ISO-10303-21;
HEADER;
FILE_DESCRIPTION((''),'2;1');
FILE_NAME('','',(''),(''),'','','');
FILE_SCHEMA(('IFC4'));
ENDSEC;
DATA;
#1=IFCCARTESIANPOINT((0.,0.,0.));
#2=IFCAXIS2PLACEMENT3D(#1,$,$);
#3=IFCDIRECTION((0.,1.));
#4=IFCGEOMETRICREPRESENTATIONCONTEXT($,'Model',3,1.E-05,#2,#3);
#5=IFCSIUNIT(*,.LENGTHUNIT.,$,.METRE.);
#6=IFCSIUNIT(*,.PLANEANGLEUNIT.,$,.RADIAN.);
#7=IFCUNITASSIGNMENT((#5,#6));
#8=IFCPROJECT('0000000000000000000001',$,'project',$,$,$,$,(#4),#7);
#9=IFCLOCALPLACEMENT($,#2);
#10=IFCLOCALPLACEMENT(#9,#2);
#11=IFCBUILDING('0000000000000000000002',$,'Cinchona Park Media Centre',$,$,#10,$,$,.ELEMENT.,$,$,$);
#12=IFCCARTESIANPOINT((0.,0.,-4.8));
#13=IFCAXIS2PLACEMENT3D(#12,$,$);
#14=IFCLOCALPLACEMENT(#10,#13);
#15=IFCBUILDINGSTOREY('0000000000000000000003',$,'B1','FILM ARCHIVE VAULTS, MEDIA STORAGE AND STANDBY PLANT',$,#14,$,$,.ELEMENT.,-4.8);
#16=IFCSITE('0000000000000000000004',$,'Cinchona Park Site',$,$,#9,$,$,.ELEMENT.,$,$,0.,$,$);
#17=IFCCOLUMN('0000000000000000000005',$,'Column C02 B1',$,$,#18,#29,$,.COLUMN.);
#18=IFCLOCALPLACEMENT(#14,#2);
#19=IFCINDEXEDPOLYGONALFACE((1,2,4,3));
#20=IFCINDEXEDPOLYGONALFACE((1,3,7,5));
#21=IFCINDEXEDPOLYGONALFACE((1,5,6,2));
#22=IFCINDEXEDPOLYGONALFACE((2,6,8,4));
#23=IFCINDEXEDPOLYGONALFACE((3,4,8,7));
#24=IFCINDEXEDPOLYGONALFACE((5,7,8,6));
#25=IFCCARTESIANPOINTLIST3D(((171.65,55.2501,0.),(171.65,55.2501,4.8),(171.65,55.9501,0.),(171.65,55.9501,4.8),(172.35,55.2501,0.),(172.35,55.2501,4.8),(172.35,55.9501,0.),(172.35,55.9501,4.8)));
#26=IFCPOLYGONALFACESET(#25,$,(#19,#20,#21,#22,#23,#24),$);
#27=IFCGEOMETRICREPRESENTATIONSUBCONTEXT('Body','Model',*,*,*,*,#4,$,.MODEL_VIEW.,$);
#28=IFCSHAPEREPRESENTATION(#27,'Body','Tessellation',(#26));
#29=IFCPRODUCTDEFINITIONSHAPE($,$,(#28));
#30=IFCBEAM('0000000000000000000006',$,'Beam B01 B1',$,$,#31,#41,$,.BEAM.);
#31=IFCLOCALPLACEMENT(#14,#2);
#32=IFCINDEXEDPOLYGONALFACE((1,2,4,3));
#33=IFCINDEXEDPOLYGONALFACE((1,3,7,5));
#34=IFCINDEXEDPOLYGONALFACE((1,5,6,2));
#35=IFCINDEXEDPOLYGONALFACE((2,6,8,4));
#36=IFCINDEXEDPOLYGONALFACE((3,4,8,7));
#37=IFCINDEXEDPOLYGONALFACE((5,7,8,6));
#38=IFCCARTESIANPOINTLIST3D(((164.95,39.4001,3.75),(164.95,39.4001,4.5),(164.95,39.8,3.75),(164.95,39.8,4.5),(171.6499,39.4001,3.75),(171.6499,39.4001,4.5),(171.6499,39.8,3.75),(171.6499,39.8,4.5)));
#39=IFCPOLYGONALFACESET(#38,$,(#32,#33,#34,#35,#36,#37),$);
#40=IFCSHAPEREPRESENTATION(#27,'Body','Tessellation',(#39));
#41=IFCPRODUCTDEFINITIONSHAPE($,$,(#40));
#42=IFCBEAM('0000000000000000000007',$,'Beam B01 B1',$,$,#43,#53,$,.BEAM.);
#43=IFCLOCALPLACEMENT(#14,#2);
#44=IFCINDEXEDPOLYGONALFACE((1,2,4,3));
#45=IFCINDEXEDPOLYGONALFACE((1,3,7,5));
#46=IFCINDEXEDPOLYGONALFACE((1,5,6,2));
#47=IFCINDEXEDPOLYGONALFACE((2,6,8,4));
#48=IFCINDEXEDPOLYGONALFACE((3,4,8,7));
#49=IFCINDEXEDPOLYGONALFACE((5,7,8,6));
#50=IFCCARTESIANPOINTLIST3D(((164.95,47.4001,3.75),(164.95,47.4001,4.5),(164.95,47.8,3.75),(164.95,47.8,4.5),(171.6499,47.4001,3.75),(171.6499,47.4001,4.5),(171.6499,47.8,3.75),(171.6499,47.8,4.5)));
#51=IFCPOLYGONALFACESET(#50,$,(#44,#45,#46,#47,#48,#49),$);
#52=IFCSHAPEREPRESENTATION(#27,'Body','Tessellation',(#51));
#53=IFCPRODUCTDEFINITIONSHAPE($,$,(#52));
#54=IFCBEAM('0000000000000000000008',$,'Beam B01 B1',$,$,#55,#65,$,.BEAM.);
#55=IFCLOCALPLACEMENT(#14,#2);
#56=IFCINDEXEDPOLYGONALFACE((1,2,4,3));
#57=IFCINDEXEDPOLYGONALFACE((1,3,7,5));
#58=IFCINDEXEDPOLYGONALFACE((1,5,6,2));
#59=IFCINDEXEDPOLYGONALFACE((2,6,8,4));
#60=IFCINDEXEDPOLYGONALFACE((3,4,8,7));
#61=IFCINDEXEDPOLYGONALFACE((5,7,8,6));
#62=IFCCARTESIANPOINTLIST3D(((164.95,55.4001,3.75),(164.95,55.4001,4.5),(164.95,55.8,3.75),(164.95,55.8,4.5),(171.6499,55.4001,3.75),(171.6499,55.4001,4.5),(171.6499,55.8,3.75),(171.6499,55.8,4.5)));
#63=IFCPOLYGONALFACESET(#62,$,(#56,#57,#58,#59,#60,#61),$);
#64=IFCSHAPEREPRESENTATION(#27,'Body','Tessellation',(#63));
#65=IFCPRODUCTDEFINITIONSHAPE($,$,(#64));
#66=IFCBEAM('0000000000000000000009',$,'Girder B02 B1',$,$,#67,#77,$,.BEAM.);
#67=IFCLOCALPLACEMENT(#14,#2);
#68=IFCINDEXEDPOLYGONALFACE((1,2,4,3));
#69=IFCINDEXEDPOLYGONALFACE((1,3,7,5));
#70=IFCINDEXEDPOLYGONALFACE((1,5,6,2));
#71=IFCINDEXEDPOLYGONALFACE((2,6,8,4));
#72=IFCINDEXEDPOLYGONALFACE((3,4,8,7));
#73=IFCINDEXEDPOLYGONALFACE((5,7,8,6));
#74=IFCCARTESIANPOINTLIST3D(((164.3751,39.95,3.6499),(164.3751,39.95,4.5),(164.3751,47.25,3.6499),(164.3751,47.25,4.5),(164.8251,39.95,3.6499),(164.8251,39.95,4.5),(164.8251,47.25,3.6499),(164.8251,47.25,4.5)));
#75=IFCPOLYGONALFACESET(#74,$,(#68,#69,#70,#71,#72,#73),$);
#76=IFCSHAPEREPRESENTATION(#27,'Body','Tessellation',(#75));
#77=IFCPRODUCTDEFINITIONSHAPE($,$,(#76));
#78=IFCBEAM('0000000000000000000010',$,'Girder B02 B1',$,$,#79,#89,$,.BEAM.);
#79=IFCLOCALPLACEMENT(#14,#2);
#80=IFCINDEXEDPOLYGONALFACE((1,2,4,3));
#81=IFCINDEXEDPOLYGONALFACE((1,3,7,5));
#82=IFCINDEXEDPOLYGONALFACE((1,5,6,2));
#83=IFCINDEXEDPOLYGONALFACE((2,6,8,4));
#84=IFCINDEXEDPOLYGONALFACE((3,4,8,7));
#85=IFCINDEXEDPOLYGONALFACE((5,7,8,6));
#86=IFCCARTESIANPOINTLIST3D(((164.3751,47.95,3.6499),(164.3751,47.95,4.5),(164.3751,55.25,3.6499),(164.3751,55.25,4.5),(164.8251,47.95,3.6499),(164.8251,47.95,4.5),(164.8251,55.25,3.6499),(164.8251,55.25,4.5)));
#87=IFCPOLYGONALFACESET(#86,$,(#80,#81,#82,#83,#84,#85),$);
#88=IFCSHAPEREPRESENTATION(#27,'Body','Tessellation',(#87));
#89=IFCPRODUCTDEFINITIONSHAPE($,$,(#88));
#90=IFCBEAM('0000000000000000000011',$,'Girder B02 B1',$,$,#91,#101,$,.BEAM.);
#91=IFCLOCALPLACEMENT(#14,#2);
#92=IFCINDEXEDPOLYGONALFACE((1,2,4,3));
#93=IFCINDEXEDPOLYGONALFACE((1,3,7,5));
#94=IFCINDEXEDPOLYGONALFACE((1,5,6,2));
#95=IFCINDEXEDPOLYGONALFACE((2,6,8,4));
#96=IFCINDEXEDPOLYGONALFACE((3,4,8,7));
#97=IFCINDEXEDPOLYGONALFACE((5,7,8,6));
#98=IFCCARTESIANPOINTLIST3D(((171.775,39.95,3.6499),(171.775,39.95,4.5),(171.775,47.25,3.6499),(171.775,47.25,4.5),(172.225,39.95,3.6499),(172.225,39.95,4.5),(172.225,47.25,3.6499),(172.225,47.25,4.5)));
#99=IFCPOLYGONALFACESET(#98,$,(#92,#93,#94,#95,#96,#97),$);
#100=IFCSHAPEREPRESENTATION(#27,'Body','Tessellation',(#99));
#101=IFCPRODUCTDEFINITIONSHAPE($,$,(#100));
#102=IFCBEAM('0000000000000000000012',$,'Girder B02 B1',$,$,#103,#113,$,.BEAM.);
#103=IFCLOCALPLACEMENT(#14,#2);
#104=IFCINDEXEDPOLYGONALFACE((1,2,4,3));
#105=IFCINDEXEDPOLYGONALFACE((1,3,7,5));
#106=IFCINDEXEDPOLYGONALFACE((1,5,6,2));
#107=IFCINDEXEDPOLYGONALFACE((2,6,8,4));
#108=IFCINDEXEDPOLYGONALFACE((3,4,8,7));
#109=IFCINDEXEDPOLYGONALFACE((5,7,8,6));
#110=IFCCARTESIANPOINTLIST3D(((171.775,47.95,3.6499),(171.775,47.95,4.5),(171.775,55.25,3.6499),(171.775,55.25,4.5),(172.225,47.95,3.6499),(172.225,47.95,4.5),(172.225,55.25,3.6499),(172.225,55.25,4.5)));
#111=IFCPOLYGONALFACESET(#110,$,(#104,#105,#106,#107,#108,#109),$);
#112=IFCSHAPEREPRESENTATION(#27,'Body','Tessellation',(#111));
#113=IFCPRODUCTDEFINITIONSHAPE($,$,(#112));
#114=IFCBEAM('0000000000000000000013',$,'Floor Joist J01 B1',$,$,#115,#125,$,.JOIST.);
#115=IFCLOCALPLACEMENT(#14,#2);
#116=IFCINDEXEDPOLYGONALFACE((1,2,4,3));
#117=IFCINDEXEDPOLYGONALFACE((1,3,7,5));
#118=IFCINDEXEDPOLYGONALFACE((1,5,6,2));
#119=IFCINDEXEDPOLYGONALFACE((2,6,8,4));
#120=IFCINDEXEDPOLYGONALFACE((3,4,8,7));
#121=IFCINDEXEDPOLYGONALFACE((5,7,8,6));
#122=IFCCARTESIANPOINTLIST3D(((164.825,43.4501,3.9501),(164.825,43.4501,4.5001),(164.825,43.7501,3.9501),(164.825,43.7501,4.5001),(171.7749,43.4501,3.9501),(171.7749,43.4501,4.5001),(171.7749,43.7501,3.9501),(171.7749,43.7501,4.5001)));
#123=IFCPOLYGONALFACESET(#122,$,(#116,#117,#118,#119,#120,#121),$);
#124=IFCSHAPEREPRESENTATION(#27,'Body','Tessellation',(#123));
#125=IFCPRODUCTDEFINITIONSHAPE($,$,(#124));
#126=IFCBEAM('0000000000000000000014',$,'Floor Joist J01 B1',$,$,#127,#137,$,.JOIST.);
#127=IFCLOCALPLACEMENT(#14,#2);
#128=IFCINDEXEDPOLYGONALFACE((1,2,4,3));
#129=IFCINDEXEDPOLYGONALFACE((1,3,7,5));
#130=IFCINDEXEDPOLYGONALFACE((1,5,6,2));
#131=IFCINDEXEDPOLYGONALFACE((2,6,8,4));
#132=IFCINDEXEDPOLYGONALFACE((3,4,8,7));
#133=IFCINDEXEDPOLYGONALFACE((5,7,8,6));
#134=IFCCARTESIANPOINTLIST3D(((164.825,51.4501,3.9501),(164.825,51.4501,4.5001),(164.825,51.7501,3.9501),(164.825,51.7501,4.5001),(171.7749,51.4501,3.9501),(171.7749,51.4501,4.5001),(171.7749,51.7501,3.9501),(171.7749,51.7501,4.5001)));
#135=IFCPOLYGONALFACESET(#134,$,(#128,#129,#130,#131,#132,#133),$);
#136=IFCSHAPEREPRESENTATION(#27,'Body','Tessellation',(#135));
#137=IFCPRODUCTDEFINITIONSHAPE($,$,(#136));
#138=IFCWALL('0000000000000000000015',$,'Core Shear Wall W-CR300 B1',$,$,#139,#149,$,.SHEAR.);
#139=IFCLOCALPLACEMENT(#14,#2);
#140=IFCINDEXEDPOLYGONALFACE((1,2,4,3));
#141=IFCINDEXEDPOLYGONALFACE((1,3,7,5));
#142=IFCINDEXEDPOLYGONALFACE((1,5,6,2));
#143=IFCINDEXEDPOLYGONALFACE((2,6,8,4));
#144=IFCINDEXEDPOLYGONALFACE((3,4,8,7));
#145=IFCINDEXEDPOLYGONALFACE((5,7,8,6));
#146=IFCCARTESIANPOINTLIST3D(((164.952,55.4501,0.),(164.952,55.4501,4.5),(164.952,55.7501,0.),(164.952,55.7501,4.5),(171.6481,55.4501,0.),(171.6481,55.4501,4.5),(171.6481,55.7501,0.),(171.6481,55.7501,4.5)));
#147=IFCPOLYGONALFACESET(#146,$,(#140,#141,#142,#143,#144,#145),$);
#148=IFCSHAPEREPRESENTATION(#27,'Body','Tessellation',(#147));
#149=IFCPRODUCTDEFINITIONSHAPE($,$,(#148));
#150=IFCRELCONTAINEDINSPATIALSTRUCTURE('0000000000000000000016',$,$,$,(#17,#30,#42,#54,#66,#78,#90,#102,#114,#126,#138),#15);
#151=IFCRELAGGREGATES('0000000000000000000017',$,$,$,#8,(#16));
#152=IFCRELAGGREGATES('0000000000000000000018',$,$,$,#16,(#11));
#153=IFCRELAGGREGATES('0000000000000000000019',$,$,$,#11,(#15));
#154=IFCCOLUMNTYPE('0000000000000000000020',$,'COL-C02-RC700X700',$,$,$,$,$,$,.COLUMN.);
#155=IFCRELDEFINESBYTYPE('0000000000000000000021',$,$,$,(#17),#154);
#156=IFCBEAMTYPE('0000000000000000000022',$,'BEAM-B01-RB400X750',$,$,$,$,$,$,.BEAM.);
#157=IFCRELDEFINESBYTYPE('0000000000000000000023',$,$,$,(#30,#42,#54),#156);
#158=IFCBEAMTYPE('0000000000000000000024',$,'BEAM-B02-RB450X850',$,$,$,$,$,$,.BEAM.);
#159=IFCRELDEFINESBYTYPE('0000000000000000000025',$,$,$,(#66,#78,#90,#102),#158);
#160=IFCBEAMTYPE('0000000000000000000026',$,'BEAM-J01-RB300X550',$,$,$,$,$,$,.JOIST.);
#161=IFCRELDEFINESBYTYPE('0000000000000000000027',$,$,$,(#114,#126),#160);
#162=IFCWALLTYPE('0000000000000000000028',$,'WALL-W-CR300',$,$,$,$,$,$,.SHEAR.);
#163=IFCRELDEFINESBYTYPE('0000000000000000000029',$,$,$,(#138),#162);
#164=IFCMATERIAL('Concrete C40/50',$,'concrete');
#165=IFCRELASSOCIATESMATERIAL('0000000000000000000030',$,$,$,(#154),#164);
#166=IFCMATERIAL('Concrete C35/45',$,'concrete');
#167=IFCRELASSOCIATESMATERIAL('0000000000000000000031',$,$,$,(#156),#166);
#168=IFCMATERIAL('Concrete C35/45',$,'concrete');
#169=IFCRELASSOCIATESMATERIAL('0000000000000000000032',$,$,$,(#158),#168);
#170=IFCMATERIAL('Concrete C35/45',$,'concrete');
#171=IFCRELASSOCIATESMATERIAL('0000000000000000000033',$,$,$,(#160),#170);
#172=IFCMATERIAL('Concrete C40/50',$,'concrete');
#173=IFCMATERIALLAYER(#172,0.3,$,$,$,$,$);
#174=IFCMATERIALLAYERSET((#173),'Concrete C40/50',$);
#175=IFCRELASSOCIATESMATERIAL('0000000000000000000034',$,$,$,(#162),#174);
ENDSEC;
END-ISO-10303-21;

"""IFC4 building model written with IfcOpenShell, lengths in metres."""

from ifc_helpers import new_model, si_unit, direction, frame, frame_2d, origin, origin_2d, place, context, subcontext, project, spatial, rectangle, extrude, material, layer, layer_set, material_profile, profile_set, type_object, element, save


model = new_model("IFC4")

# Units and contexts
model_context = context("Model", 3, precision=1e-05, world=origin(), true_north=direction((0.0, 1.0)))
body_context = subcontext(model_context, "Body", "Model", "MODEL_VIEW")
ifc_project = project(units=[si_unit("LENGTHUNIT", "METRE"), si_unit("PLANEANGLEUNIT", "RADIAN")], contexts=[model_context])

# Site, building, storey
site_placement = place(None, origin())
site = spatial("IfcSite", under=ifc_project, at=site_placement, Name="Cinchona Park Site", CompositionType="ELEMENT", RefElevation=0.0)
building_placement = place(site_placement, origin())
building = spatial("IfcBuilding", under=site, at=building_placement, Name="Cinchona Park Media Centre", CompositionType="ELEMENT")
storey_placement = place(building_placement, frame((0.0, 0.0, -4.8)))
storey = spatial("IfcBuildingStorey", under=building, at=storey_placement, Name="B1", Description="FILM ARCHIVE VAULTS, MEDIA STORAGE AND STANDBY PLANT", CompositionType="ELEMENT", Elevation=-4.8)

# Column
ifc_material_1 = material(Name="Concrete C40/50", Category="concrete")
ifc_material_profile_1 = material_profile(ifc_material_1, rectangle(XDim=0.7, YDim=0.7, at=origin_2d()), Name="RC 700X700")
ifc_profile_set_1 = profile_set([ifc_material_profile_1], Name="Concrete C40/50")
column_type = type_object("IfcColumnType", Name="COL-C02-RC700X700", PredefinedType="COLUMN", material=ifc_profile_set_1)
for number, where, z_axis, x_axis, name in (
    (1, (172.0, 55.6001, 0.0), (0.0, 0.0, 1.0), (1.0, 0.0, 0.0), "Column C02 B1"),
):
    element("IfcColumn", number, at=place(storey_placement, frame(where, z_axis=z_axis, x_axis=x_axis)), inside=storey, type_object=column_type, Name=name, PredefinedType="COLUMN", context=body_context, shape_type="SweptSolid", body=[
        extrude(rectangle(XDim=0.7, YDim=0.7, at=origin_2d()), origin(), (0.0, 0.0, 1.0), 4.8),
    ])

# Beams
ifc_material_2 = material(Name="Concrete C35/45", Category="concrete")
ifc_material_profile_2 = material_profile(ifc_material_2, rectangle(XDim=0.3999, YDim=0.75, at=origin_2d()), Name="RB 400X750")
ifc_profile_set_2 = profile_set([ifc_material_profile_2], Name="Concrete C35/45")
beam_type_1 = type_object("IfcBeamType", Name="BEAM-B01-RB400X750", PredefinedType="BEAM", material=ifc_profile_set_2)
for number, where, z_axis, x_axis, name in (
    (2, (164.95, 39.6001, 4.125), (1.0, 0.0, 0.0), (0.0, 1.0, 0.0), "Beam B01 B1"),
    (3, (164.95, 47.6001, 4.125), (1.0, 0.0, 0.0), (0.0, 1.0, 0.0), "Beam B01 B1"),
    (4, (164.95, 55.6001, 4.125), (1.0, 0.0, 0.0), (0.0, 1.0, 0.0), "Beam B01 B1"),
):
    element("IfcBeam", number, at=place(storey_placement, frame(where, z_axis=z_axis, x_axis=x_axis)), inside=storey, type_object=beam_type_1, Name=name, PredefinedType="BEAM", context=body_context, shape_type="SweptSolid", body=[
        extrude(rectangle(XDim=0.3999, YDim=0.75, at=origin_2d()), origin(), (0.0, 0.0, 1.0), 6.7),
    ])
ifc_material_3 = material(Name="Concrete C35/45", Category="concrete")
ifc_material_profile_3 = material_profile(ifc_material_3, rectangle(XDim=0.45, YDim=0.8501, at=origin_2d()), Name="RB 450X850")
ifc_profile_set_3 = profile_set([ifc_material_profile_3], Name="Concrete C35/45")
beam_type_2 = type_object("IfcBeamType", Name="BEAM-B02-RB450X850", PredefinedType="BEAM", material=ifc_profile_set_3)
for number, where, z_axis, x_axis, name in (
    (5, (164.6001, 39.95, 4.075), (0.0, 1.0, 0.0), (-1.0, 0.0, 0.0), "Girder B02 B1"),
    (6, (164.6001, 47.95, 4.075), (0.0, 1.0, 0.0), (-1.0, 0.0, 0.0), "Girder B02 B1"),
    (7, (172.0, 39.95, 4.075), (0.0, 1.0, 0.0), (-1.0, 0.0, 0.0), "Girder B02 B1"),
    (8, (172.0, 47.95, 4.075), (0.0, 1.0, 0.0), (-1.0, 0.0, 0.0), "Girder B02 B1"),
):
    element("IfcBeam", number, at=place(storey_placement, frame(where, z_axis=z_axis, x_axis=x_axis)), inside=storey, type_object=beam_type_2, Name=name, PredefinedType="BEAM", context=body_context, shape_type="SweptSolid", body=[
        extrude(rectangle(XDim=0.45, YDim=0.8501, at=origin_2d()), origin(), (0.0, 0.0, 1.0), 7.3),
    ])
ifc_material_4 = material(Name="Concrete C35/45", Category="concrete")
ifc_material_profile_4 = material_profile(ifc_material_4, rectangle(XDim=0.3, YDim=0.55, at=origin_2d()), Name="RB 300X550")
ifc_profile_set_4 = profile_set([ifc_material_profile_4], Name="Concrete C35/45")
beam_type_3 = type_object("IfcBeamType", Name="BEAM-J01-RB300X550", PredefinedType="JOIST", material=ifc_profile_set_4)
for number, where, z_axis, x_axis, name in (
    (9, (164.825, 43.6001, 4.2251), (1.0, 0.0, 0.0), (0.0, 1.0, 0.0), "Floor Joist J01 B1"),
    (10, (164.825, 51.6001, 4.2251), (1.0, 0.0, 0.0), (0.0, 1.0, 0.0), "Floor Joist J01 B1"),
):
    element("IfcBeam", number, at=place(storey_placement, frame(where, z_axis=z_axis, x_axis=x_axis)), inside=storey, type_object=beam_type_3, Name=name, PredefinedType="JOIST", context=body_context, shape_type="SweptSolid", body=[
        extrude(rectangle(XDim=0.3, YDim=0.55, at=origin_2d()), origin(), (0.0, 0.0, 1.0), 6.95),
    ])

# Wall
ifc_material_5 = material(Name="Concrete C40/50", Category="concrete")
ifc_layer_1 = layer(ifc_material_5, 0.3)
ifc_layer_set_1 = layer_set([ifc_layer_1], Name="Concrete C40/50")
wall_type_1 = type_object("IfcWallType", Name="WALL-W-CR300", PredefinedType="SHEAR", material=ifc_layer_set_1)
wall_1_placement = place(storey_placement, frame((164.9519, 55.6001, 0.0), z_axis=(0.0, 0.0, 1.0), x_axis=(1.0, 0.0, 0.0)))
element("IfcWall", 11, at=wall_1_placement, inside=storey, type_object=wall_type_1, Name="Core Shear Wall W-CR300 B1", PredefinedType="SHEAR", context=body_context, shape_type="SweptSolid", body=[
    extrude(rectangle(XDim=6.696, YDim=0.3, at=frame_2d((3.3481, 0.0))), origin(), (0.0, 0.0, 1.0), 4.5),
])

save(model, "model.ifc")
